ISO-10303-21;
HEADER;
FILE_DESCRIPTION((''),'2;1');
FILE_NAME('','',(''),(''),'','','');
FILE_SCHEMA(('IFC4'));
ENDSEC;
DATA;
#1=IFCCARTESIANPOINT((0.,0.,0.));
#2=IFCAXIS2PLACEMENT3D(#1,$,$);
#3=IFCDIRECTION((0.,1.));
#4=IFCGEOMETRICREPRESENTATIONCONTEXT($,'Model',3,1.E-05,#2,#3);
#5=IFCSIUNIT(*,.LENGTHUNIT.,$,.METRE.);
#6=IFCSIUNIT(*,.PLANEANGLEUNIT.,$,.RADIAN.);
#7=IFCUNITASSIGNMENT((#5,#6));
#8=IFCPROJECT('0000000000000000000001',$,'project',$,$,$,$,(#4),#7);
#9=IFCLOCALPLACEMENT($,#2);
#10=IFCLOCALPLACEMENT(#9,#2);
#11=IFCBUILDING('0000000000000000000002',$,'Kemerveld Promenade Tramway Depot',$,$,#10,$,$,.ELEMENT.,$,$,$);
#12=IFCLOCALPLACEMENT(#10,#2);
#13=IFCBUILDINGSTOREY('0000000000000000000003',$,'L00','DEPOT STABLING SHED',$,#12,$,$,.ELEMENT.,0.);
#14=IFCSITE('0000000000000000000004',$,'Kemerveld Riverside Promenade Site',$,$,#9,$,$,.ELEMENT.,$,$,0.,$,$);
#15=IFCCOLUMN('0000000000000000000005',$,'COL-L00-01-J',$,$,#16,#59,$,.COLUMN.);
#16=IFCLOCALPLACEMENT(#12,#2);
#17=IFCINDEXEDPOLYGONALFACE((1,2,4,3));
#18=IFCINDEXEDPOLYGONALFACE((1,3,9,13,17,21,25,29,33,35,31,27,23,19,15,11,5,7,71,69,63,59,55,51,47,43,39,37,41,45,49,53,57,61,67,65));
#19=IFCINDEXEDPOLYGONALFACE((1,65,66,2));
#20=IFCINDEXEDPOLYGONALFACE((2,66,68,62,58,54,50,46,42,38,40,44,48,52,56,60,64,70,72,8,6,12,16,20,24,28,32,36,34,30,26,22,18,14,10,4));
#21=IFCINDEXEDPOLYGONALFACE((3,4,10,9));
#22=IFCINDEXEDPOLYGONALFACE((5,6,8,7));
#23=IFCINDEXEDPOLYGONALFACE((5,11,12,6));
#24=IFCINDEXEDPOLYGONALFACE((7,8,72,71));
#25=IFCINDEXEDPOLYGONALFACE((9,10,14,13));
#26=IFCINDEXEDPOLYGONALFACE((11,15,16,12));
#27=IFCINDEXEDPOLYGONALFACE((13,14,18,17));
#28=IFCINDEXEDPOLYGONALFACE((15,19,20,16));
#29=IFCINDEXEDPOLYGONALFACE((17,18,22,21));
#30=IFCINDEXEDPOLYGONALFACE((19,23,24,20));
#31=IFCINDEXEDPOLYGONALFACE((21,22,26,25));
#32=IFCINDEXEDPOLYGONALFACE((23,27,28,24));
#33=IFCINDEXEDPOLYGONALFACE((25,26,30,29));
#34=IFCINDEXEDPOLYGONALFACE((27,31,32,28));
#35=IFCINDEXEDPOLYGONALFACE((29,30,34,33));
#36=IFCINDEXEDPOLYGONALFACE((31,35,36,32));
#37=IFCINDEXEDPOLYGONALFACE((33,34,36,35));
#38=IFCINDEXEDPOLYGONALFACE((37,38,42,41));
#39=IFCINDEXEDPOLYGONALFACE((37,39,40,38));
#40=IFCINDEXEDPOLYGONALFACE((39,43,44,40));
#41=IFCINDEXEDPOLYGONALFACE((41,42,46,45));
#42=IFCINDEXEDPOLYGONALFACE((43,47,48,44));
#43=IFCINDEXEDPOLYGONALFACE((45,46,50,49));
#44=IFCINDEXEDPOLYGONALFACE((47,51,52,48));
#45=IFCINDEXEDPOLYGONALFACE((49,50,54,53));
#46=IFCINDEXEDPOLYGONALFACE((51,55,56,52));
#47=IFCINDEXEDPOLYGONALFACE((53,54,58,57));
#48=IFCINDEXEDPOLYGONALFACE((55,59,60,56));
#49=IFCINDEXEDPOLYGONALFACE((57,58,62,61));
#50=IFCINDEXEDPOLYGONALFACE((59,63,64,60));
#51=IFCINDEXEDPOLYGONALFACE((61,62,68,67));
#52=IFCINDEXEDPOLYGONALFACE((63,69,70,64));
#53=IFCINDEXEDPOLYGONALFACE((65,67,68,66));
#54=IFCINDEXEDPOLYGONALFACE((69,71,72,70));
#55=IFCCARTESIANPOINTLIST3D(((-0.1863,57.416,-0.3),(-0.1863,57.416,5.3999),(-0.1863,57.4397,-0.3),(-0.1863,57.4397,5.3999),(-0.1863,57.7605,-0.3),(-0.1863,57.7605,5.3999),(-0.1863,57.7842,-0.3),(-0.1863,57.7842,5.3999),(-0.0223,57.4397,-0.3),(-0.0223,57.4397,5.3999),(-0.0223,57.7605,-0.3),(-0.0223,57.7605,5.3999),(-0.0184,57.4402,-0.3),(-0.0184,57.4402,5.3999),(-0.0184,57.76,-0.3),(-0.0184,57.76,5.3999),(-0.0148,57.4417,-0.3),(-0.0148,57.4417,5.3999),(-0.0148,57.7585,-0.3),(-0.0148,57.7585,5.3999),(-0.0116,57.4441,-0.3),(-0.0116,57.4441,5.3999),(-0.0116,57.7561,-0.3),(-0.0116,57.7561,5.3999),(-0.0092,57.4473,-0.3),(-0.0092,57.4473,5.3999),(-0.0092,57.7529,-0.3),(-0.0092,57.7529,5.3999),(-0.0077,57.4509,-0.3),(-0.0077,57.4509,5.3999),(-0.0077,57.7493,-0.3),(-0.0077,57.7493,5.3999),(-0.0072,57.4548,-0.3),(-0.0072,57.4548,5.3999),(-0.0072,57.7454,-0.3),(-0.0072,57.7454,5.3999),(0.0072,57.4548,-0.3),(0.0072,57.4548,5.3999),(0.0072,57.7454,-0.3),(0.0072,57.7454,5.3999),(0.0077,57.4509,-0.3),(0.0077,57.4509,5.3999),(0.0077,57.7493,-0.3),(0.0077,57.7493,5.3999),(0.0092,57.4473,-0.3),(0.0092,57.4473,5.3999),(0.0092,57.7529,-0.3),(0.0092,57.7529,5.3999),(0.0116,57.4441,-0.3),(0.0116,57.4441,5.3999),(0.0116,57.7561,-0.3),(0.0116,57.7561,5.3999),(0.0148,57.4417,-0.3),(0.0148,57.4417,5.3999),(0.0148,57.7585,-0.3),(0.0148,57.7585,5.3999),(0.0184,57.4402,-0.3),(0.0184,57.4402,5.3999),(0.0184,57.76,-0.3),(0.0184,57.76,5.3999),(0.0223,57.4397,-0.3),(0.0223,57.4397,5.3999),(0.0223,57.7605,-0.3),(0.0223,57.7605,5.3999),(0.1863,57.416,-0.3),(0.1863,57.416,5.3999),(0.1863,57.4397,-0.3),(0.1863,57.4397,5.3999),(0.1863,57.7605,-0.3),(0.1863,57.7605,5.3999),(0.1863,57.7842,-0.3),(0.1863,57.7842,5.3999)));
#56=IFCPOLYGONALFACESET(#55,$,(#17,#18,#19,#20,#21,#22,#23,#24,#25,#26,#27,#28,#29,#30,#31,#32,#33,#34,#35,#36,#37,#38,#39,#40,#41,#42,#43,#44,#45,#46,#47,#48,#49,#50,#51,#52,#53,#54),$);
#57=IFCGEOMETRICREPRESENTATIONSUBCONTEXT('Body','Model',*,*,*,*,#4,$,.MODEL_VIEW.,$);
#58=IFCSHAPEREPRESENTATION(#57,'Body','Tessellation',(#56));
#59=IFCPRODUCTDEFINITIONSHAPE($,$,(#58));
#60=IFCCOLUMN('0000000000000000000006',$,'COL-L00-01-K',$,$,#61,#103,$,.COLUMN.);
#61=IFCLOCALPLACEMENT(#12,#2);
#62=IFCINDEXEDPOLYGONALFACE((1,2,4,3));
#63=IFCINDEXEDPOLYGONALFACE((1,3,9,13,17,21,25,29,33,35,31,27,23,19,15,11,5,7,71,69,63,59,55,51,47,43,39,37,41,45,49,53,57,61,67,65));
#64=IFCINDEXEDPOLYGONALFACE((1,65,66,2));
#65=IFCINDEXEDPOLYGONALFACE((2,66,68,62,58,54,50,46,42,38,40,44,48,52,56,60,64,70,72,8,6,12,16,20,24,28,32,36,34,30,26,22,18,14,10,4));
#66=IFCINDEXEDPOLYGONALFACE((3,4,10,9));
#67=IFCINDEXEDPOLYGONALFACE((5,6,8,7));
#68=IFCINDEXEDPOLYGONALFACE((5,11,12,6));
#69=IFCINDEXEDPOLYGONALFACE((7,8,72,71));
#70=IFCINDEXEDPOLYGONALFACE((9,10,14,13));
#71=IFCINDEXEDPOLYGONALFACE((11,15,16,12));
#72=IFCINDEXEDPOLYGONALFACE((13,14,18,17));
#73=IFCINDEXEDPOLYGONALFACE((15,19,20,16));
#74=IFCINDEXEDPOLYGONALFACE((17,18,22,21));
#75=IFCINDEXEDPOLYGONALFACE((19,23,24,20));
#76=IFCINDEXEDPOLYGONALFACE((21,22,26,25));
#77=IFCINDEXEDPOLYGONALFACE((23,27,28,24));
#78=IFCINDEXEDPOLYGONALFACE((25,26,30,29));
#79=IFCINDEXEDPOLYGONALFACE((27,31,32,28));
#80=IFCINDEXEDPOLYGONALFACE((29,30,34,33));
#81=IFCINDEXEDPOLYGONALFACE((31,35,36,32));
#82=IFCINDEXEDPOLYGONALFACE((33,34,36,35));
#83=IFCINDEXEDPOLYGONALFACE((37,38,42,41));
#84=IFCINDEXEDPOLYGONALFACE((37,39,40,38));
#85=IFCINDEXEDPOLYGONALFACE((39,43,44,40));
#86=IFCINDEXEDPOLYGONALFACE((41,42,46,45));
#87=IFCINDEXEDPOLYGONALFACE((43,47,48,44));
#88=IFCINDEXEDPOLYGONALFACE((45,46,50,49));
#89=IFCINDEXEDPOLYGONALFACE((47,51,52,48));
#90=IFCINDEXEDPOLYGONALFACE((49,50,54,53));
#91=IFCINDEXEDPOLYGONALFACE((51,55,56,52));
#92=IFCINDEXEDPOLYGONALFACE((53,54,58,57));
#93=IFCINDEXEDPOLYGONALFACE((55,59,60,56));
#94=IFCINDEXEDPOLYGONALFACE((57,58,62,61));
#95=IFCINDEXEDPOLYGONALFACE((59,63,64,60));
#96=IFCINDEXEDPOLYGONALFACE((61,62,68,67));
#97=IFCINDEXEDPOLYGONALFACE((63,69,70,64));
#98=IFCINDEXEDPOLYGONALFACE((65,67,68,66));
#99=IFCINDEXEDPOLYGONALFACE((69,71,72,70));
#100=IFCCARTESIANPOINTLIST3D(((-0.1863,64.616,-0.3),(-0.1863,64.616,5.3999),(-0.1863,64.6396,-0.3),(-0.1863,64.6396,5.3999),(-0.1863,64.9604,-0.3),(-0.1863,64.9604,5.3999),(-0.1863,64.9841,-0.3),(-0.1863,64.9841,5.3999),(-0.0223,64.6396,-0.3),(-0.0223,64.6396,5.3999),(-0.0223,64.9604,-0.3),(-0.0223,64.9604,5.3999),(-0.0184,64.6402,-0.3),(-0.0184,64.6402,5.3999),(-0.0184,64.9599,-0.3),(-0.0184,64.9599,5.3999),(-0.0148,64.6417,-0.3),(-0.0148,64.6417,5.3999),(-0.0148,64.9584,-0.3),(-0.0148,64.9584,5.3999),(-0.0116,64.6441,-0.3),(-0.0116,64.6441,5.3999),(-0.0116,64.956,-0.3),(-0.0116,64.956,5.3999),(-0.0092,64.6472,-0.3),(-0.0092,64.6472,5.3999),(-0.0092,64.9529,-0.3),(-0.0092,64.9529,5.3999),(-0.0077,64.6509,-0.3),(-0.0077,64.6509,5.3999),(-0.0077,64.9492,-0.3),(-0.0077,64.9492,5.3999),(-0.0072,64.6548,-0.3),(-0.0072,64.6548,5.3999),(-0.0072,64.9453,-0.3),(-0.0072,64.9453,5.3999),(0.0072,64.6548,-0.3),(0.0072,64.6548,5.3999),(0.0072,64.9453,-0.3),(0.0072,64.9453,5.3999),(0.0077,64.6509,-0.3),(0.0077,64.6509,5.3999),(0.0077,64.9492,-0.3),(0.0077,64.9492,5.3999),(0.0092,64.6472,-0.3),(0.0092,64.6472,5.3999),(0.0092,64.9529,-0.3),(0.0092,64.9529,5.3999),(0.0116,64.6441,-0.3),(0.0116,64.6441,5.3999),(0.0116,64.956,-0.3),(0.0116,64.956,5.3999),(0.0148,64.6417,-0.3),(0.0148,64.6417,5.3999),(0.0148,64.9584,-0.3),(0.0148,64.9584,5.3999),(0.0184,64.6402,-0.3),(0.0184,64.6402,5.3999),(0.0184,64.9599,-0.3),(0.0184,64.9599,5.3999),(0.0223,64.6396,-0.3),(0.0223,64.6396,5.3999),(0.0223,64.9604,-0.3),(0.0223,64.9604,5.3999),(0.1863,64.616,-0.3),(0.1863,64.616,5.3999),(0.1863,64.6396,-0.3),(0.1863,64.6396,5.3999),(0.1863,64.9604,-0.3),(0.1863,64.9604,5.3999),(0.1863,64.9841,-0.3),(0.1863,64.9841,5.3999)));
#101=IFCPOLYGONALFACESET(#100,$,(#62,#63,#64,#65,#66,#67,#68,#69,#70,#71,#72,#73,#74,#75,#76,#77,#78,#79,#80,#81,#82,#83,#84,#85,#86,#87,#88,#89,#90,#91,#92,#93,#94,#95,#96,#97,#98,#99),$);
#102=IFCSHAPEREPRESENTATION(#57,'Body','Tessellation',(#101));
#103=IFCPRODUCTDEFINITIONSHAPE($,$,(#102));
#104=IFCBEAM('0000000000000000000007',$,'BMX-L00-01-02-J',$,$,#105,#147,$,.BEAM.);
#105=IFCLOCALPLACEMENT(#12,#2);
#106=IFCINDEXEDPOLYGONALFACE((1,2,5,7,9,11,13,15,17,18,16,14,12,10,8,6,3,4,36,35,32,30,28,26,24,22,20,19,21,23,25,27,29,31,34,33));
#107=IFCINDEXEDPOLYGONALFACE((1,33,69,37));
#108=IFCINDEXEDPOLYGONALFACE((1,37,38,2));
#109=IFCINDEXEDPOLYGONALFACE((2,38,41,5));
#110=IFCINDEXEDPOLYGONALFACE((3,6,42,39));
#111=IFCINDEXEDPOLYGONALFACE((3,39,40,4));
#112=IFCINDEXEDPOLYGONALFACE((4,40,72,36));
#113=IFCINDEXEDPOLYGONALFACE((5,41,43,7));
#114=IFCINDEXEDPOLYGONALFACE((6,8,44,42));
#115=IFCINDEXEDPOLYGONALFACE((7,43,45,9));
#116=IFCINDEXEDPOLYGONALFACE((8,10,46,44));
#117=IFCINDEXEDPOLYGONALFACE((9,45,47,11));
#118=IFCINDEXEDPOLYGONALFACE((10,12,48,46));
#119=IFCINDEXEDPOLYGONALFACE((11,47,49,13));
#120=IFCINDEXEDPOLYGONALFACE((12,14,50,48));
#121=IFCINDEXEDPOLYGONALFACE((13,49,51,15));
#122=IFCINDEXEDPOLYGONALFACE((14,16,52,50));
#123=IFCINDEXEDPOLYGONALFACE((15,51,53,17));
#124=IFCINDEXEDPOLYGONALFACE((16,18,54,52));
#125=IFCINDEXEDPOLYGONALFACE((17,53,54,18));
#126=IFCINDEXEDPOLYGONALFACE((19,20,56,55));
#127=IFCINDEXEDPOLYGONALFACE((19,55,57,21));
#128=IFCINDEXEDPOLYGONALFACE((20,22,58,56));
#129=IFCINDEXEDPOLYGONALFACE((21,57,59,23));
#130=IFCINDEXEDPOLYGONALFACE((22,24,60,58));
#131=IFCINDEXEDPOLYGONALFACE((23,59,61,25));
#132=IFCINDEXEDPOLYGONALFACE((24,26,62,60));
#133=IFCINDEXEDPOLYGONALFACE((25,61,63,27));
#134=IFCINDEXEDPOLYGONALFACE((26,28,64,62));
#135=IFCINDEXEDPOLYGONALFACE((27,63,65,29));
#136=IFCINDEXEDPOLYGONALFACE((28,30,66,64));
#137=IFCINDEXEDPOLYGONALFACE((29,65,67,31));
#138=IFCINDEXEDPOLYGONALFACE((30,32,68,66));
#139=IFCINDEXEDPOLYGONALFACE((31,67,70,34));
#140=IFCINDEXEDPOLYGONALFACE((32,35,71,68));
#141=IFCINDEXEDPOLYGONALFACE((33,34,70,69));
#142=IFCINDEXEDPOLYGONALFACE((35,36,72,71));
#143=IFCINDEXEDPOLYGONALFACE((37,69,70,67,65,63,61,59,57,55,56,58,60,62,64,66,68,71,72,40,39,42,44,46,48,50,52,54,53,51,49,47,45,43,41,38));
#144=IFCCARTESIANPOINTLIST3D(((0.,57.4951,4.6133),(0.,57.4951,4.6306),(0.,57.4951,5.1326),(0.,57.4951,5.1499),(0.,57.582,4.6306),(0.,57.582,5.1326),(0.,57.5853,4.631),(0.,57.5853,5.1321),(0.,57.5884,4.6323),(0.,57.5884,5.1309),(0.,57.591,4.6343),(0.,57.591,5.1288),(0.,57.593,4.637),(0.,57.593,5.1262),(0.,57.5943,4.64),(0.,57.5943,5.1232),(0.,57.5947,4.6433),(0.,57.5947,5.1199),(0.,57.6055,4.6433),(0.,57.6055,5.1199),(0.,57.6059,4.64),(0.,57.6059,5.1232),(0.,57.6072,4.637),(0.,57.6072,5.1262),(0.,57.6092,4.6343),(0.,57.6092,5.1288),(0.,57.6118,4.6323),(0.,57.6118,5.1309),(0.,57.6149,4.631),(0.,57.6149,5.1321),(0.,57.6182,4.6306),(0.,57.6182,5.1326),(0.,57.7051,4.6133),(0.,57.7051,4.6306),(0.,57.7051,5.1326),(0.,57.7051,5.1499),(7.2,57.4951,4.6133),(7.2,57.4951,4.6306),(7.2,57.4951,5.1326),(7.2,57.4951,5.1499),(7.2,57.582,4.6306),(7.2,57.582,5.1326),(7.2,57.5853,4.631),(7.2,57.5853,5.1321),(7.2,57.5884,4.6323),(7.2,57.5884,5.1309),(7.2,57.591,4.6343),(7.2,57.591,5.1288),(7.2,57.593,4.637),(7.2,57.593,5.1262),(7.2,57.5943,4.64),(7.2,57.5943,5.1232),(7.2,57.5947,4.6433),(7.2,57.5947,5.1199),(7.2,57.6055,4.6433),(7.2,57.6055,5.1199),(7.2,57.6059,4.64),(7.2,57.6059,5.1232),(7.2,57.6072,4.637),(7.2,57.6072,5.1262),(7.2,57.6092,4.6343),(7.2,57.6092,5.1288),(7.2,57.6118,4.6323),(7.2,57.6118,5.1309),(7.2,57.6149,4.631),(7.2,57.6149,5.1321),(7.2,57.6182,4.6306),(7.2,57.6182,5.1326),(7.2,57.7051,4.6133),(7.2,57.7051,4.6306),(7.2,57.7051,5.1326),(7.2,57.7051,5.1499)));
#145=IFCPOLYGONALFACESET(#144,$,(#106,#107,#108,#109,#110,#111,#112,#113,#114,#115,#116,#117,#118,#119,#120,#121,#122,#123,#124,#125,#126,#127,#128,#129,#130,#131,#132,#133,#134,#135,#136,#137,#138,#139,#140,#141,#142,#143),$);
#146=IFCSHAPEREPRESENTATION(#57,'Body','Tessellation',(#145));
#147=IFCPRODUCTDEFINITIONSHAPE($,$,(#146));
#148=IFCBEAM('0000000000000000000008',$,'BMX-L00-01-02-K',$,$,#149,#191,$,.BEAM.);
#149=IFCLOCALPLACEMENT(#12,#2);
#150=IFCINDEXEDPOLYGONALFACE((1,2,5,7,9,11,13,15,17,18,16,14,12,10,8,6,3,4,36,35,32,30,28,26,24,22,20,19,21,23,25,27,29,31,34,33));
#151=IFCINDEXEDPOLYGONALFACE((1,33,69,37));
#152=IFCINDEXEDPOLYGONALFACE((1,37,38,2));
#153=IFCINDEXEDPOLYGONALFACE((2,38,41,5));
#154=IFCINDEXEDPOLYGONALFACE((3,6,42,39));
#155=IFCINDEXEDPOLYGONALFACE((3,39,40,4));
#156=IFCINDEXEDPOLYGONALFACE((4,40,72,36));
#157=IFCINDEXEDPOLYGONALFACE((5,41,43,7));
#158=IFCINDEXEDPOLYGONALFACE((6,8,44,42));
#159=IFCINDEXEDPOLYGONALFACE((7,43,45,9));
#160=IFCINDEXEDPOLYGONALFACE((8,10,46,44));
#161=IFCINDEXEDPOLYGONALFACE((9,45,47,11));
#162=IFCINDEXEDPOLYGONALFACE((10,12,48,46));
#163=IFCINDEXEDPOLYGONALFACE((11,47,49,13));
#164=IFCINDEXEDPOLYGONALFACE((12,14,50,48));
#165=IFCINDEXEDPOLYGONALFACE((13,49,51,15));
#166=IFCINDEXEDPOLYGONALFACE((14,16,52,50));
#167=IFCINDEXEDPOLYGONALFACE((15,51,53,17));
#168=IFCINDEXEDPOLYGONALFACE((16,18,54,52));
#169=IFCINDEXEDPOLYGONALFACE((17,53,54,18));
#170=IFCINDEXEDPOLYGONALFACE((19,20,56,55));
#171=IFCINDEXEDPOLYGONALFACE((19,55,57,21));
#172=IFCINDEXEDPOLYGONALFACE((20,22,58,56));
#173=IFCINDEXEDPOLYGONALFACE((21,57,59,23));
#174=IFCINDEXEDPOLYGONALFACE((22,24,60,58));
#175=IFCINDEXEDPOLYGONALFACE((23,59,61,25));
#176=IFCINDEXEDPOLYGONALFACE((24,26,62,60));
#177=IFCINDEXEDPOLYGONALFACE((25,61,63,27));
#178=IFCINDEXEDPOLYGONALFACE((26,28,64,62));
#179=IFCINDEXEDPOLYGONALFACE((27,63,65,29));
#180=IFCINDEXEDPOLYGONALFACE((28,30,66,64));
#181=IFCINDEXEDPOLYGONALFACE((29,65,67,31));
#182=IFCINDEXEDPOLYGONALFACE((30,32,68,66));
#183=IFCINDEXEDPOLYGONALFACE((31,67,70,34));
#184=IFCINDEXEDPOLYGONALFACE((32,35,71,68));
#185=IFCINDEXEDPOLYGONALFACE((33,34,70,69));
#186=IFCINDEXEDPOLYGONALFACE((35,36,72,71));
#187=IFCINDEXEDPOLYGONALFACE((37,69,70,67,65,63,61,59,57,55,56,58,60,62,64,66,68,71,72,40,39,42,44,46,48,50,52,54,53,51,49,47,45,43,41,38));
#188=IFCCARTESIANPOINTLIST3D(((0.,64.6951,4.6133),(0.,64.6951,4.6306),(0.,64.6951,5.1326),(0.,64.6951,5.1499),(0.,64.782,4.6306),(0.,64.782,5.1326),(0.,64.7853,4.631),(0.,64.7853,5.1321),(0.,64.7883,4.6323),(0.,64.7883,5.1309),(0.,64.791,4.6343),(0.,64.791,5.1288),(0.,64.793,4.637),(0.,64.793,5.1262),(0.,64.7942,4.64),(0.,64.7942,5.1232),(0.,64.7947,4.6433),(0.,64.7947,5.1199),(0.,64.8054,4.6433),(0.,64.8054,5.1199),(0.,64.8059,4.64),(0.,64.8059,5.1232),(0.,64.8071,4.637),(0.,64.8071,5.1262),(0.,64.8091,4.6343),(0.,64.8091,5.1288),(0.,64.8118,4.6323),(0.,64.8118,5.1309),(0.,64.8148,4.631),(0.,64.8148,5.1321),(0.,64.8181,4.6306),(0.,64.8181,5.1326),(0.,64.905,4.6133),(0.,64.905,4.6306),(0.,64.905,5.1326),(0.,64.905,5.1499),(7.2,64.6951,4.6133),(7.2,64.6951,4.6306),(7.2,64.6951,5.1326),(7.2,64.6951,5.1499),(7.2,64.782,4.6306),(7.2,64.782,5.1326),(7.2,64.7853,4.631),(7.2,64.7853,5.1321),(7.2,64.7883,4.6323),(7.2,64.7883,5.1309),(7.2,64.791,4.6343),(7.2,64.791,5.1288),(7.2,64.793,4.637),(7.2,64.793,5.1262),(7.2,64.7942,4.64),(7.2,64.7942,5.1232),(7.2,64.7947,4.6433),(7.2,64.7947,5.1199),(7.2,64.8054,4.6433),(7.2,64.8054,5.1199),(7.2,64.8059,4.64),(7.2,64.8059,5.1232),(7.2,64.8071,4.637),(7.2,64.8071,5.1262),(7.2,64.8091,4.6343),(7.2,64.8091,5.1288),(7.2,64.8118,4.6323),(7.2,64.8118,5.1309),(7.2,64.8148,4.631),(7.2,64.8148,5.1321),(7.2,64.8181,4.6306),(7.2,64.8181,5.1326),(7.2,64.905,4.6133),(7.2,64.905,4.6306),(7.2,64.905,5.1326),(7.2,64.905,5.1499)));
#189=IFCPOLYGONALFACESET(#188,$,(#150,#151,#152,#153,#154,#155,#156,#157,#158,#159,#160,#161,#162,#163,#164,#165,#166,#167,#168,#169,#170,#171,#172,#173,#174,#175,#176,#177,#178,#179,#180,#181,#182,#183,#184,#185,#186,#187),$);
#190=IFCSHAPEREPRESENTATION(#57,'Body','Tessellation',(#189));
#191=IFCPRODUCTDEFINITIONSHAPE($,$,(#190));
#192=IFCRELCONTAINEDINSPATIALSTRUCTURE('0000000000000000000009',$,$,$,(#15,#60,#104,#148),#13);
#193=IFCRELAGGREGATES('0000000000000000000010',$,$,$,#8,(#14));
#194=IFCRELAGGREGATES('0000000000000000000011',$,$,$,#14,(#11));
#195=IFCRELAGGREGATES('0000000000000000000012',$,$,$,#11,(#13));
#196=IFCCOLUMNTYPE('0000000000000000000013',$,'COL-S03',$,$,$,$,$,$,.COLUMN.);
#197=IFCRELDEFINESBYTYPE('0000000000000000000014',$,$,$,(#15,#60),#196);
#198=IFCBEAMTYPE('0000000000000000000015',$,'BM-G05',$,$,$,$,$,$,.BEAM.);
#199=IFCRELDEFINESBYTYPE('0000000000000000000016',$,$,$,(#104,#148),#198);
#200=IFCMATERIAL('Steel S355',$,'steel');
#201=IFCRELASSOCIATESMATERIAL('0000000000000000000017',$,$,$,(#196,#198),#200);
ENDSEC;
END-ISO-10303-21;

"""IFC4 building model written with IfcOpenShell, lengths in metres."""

from ifc_helpers import new_model, si_unit, direction, frame, origin, origin_2d, place, context, subcontext, project, spatial, i_section, extrude, material, material_profile, profile_set, type_object, element, save


model = new_model("IFC4")

# Units and contexts
model_context = context("Model", 3, precision=1e-05, world=origin(), true_north=direction((0.0, 1.0)))
body_context = subcontext(model_context, "Body", "Model", "MODEL_VIEW")
ifc_project = project(units=[si_unit("LENGTHUNIT", "METRE"), si_unit("PLANEANGLEUNIT", "RADIAN")], contexts=[model_context])

# Site, building, storey
site_placement = place(None, origin())
site = spatial("IfcSite", under=ifc_project, at=site_placement, Name="Kemerveld Riverside Promenade Site", CompositionType="ELEMENT", RefElevation=0.0)
building_placement = place(site_placement, origin())
building = spatial("IfcBuilding", under=site, at=building_placement, Name="Kemerveld Promenade Tramway Depot", CompositionType="ELEMENT")
storey_placement = place(building_placement, origin())
storey = spatial("IfcBuildingStorey", under=building, at=storey_placement, Name="L00", Description="DEPOT STABLING SHED", CompositionType="ELEMENT", Elevation=0.0)

# Columns
ifc_material_1 = material(Name="Steel S355", Category="steel")
ifc_material_profile_1 = material_profile(ifc_material_1, i_section(OverallWidth=0.3726, OverallDepth=0.3682, WebThickness=0.0144, FlangeThickness=0.0237, FilletRadius=0.0151, at=origin_2d()), Name="356x368x177 UC")
ifc_profile_set_1 = profile_set([ifc_material_profile_1], Name="Steel S355")
column_type = type_object("IfcColumnType", Name="COL-S03", PredefinedType="COLUMN", material=ifc_profile_set_1)
for number, where, z_axis, x_axis, name in (
    (1, (0.0, 57.6001, -0.3), (0.0, 0.0, 1.0), (1.0, 0.0, 0.0), "COL-L00-01-J"),
    (2, (0.0, 64.8, -0.3), (0.0, 0.0, 1.0), (1.0, 0.0, 0.0), "COL-L00-01-K"),
):
    element("IfcColumn", number, at=place(storey_placement, frame(where, z_axis=z_axis, x_axis=x_axis)), inside=storey, type_object=column_type, Name=name, PredefinedType="COLUMN", context=body_context, shape_type="SweptSolid", body=[
        extrude(i_section(OverallWidth=0.3726, OverallDepth=0.3682, WebThickness=0.0144, FlangeThickness=0.0237, FilletRadius=0.0151, at=origin_2d()), origin(), (0.0, 0.0, 1.0), 5.7),
    ])

# Beams
ifc_material_profile_2 = material_profile(ifc_material_1, i_section(OverallWidth=0.21, OverallDepth=0.5366, WebThickness=0.0107, FlangeThickness=0.0173, FilletRadius=0.0127, at=origin_2d()), Name="533x210x101 UB")
ifc_profile_set_2 = profile_set([ifc_material_profile_2], Name="Steel S355")
beam_type_1 = type_object("IfcBeamType", Name="BM-G05", PredefinedType="BEAM", material=ifc_profile_set_2)
for number, where, z_axis, x_axis, name in (
    (3, (0.0, 57.6001, 4.8816), (1.0, 0.0, 0.0), (0.0, 1.0, 0.0), "BMX-L00-01-02-J"),
    (4, (0.0, 64.8, 4.8816), (1.0, 0.0, 0.0), (0.0, 1.0, 0.0), "BMX-L00-01-02-K"),
):
    element("IfcBeam", number, at=place(storey_placement, frame(where, z_axis=z_axis, x_axis=x_axis)), inside=storey, type_object=beam_type_1, Name=name, PredefinedType="BEAM", context=body_context, shape_type="SweptSolid", body=[
        extrude(i_section(OverallWidth=0.21, OverallDepth=0.5366, WebThickness=0.0107, FlangeThickness=0.0173, FilletRadius=0.0127, at=origin_2d()), origin(), (0.0, 0.0, 1.0), 7.2),
    ])

save(model, "model.ifc")
